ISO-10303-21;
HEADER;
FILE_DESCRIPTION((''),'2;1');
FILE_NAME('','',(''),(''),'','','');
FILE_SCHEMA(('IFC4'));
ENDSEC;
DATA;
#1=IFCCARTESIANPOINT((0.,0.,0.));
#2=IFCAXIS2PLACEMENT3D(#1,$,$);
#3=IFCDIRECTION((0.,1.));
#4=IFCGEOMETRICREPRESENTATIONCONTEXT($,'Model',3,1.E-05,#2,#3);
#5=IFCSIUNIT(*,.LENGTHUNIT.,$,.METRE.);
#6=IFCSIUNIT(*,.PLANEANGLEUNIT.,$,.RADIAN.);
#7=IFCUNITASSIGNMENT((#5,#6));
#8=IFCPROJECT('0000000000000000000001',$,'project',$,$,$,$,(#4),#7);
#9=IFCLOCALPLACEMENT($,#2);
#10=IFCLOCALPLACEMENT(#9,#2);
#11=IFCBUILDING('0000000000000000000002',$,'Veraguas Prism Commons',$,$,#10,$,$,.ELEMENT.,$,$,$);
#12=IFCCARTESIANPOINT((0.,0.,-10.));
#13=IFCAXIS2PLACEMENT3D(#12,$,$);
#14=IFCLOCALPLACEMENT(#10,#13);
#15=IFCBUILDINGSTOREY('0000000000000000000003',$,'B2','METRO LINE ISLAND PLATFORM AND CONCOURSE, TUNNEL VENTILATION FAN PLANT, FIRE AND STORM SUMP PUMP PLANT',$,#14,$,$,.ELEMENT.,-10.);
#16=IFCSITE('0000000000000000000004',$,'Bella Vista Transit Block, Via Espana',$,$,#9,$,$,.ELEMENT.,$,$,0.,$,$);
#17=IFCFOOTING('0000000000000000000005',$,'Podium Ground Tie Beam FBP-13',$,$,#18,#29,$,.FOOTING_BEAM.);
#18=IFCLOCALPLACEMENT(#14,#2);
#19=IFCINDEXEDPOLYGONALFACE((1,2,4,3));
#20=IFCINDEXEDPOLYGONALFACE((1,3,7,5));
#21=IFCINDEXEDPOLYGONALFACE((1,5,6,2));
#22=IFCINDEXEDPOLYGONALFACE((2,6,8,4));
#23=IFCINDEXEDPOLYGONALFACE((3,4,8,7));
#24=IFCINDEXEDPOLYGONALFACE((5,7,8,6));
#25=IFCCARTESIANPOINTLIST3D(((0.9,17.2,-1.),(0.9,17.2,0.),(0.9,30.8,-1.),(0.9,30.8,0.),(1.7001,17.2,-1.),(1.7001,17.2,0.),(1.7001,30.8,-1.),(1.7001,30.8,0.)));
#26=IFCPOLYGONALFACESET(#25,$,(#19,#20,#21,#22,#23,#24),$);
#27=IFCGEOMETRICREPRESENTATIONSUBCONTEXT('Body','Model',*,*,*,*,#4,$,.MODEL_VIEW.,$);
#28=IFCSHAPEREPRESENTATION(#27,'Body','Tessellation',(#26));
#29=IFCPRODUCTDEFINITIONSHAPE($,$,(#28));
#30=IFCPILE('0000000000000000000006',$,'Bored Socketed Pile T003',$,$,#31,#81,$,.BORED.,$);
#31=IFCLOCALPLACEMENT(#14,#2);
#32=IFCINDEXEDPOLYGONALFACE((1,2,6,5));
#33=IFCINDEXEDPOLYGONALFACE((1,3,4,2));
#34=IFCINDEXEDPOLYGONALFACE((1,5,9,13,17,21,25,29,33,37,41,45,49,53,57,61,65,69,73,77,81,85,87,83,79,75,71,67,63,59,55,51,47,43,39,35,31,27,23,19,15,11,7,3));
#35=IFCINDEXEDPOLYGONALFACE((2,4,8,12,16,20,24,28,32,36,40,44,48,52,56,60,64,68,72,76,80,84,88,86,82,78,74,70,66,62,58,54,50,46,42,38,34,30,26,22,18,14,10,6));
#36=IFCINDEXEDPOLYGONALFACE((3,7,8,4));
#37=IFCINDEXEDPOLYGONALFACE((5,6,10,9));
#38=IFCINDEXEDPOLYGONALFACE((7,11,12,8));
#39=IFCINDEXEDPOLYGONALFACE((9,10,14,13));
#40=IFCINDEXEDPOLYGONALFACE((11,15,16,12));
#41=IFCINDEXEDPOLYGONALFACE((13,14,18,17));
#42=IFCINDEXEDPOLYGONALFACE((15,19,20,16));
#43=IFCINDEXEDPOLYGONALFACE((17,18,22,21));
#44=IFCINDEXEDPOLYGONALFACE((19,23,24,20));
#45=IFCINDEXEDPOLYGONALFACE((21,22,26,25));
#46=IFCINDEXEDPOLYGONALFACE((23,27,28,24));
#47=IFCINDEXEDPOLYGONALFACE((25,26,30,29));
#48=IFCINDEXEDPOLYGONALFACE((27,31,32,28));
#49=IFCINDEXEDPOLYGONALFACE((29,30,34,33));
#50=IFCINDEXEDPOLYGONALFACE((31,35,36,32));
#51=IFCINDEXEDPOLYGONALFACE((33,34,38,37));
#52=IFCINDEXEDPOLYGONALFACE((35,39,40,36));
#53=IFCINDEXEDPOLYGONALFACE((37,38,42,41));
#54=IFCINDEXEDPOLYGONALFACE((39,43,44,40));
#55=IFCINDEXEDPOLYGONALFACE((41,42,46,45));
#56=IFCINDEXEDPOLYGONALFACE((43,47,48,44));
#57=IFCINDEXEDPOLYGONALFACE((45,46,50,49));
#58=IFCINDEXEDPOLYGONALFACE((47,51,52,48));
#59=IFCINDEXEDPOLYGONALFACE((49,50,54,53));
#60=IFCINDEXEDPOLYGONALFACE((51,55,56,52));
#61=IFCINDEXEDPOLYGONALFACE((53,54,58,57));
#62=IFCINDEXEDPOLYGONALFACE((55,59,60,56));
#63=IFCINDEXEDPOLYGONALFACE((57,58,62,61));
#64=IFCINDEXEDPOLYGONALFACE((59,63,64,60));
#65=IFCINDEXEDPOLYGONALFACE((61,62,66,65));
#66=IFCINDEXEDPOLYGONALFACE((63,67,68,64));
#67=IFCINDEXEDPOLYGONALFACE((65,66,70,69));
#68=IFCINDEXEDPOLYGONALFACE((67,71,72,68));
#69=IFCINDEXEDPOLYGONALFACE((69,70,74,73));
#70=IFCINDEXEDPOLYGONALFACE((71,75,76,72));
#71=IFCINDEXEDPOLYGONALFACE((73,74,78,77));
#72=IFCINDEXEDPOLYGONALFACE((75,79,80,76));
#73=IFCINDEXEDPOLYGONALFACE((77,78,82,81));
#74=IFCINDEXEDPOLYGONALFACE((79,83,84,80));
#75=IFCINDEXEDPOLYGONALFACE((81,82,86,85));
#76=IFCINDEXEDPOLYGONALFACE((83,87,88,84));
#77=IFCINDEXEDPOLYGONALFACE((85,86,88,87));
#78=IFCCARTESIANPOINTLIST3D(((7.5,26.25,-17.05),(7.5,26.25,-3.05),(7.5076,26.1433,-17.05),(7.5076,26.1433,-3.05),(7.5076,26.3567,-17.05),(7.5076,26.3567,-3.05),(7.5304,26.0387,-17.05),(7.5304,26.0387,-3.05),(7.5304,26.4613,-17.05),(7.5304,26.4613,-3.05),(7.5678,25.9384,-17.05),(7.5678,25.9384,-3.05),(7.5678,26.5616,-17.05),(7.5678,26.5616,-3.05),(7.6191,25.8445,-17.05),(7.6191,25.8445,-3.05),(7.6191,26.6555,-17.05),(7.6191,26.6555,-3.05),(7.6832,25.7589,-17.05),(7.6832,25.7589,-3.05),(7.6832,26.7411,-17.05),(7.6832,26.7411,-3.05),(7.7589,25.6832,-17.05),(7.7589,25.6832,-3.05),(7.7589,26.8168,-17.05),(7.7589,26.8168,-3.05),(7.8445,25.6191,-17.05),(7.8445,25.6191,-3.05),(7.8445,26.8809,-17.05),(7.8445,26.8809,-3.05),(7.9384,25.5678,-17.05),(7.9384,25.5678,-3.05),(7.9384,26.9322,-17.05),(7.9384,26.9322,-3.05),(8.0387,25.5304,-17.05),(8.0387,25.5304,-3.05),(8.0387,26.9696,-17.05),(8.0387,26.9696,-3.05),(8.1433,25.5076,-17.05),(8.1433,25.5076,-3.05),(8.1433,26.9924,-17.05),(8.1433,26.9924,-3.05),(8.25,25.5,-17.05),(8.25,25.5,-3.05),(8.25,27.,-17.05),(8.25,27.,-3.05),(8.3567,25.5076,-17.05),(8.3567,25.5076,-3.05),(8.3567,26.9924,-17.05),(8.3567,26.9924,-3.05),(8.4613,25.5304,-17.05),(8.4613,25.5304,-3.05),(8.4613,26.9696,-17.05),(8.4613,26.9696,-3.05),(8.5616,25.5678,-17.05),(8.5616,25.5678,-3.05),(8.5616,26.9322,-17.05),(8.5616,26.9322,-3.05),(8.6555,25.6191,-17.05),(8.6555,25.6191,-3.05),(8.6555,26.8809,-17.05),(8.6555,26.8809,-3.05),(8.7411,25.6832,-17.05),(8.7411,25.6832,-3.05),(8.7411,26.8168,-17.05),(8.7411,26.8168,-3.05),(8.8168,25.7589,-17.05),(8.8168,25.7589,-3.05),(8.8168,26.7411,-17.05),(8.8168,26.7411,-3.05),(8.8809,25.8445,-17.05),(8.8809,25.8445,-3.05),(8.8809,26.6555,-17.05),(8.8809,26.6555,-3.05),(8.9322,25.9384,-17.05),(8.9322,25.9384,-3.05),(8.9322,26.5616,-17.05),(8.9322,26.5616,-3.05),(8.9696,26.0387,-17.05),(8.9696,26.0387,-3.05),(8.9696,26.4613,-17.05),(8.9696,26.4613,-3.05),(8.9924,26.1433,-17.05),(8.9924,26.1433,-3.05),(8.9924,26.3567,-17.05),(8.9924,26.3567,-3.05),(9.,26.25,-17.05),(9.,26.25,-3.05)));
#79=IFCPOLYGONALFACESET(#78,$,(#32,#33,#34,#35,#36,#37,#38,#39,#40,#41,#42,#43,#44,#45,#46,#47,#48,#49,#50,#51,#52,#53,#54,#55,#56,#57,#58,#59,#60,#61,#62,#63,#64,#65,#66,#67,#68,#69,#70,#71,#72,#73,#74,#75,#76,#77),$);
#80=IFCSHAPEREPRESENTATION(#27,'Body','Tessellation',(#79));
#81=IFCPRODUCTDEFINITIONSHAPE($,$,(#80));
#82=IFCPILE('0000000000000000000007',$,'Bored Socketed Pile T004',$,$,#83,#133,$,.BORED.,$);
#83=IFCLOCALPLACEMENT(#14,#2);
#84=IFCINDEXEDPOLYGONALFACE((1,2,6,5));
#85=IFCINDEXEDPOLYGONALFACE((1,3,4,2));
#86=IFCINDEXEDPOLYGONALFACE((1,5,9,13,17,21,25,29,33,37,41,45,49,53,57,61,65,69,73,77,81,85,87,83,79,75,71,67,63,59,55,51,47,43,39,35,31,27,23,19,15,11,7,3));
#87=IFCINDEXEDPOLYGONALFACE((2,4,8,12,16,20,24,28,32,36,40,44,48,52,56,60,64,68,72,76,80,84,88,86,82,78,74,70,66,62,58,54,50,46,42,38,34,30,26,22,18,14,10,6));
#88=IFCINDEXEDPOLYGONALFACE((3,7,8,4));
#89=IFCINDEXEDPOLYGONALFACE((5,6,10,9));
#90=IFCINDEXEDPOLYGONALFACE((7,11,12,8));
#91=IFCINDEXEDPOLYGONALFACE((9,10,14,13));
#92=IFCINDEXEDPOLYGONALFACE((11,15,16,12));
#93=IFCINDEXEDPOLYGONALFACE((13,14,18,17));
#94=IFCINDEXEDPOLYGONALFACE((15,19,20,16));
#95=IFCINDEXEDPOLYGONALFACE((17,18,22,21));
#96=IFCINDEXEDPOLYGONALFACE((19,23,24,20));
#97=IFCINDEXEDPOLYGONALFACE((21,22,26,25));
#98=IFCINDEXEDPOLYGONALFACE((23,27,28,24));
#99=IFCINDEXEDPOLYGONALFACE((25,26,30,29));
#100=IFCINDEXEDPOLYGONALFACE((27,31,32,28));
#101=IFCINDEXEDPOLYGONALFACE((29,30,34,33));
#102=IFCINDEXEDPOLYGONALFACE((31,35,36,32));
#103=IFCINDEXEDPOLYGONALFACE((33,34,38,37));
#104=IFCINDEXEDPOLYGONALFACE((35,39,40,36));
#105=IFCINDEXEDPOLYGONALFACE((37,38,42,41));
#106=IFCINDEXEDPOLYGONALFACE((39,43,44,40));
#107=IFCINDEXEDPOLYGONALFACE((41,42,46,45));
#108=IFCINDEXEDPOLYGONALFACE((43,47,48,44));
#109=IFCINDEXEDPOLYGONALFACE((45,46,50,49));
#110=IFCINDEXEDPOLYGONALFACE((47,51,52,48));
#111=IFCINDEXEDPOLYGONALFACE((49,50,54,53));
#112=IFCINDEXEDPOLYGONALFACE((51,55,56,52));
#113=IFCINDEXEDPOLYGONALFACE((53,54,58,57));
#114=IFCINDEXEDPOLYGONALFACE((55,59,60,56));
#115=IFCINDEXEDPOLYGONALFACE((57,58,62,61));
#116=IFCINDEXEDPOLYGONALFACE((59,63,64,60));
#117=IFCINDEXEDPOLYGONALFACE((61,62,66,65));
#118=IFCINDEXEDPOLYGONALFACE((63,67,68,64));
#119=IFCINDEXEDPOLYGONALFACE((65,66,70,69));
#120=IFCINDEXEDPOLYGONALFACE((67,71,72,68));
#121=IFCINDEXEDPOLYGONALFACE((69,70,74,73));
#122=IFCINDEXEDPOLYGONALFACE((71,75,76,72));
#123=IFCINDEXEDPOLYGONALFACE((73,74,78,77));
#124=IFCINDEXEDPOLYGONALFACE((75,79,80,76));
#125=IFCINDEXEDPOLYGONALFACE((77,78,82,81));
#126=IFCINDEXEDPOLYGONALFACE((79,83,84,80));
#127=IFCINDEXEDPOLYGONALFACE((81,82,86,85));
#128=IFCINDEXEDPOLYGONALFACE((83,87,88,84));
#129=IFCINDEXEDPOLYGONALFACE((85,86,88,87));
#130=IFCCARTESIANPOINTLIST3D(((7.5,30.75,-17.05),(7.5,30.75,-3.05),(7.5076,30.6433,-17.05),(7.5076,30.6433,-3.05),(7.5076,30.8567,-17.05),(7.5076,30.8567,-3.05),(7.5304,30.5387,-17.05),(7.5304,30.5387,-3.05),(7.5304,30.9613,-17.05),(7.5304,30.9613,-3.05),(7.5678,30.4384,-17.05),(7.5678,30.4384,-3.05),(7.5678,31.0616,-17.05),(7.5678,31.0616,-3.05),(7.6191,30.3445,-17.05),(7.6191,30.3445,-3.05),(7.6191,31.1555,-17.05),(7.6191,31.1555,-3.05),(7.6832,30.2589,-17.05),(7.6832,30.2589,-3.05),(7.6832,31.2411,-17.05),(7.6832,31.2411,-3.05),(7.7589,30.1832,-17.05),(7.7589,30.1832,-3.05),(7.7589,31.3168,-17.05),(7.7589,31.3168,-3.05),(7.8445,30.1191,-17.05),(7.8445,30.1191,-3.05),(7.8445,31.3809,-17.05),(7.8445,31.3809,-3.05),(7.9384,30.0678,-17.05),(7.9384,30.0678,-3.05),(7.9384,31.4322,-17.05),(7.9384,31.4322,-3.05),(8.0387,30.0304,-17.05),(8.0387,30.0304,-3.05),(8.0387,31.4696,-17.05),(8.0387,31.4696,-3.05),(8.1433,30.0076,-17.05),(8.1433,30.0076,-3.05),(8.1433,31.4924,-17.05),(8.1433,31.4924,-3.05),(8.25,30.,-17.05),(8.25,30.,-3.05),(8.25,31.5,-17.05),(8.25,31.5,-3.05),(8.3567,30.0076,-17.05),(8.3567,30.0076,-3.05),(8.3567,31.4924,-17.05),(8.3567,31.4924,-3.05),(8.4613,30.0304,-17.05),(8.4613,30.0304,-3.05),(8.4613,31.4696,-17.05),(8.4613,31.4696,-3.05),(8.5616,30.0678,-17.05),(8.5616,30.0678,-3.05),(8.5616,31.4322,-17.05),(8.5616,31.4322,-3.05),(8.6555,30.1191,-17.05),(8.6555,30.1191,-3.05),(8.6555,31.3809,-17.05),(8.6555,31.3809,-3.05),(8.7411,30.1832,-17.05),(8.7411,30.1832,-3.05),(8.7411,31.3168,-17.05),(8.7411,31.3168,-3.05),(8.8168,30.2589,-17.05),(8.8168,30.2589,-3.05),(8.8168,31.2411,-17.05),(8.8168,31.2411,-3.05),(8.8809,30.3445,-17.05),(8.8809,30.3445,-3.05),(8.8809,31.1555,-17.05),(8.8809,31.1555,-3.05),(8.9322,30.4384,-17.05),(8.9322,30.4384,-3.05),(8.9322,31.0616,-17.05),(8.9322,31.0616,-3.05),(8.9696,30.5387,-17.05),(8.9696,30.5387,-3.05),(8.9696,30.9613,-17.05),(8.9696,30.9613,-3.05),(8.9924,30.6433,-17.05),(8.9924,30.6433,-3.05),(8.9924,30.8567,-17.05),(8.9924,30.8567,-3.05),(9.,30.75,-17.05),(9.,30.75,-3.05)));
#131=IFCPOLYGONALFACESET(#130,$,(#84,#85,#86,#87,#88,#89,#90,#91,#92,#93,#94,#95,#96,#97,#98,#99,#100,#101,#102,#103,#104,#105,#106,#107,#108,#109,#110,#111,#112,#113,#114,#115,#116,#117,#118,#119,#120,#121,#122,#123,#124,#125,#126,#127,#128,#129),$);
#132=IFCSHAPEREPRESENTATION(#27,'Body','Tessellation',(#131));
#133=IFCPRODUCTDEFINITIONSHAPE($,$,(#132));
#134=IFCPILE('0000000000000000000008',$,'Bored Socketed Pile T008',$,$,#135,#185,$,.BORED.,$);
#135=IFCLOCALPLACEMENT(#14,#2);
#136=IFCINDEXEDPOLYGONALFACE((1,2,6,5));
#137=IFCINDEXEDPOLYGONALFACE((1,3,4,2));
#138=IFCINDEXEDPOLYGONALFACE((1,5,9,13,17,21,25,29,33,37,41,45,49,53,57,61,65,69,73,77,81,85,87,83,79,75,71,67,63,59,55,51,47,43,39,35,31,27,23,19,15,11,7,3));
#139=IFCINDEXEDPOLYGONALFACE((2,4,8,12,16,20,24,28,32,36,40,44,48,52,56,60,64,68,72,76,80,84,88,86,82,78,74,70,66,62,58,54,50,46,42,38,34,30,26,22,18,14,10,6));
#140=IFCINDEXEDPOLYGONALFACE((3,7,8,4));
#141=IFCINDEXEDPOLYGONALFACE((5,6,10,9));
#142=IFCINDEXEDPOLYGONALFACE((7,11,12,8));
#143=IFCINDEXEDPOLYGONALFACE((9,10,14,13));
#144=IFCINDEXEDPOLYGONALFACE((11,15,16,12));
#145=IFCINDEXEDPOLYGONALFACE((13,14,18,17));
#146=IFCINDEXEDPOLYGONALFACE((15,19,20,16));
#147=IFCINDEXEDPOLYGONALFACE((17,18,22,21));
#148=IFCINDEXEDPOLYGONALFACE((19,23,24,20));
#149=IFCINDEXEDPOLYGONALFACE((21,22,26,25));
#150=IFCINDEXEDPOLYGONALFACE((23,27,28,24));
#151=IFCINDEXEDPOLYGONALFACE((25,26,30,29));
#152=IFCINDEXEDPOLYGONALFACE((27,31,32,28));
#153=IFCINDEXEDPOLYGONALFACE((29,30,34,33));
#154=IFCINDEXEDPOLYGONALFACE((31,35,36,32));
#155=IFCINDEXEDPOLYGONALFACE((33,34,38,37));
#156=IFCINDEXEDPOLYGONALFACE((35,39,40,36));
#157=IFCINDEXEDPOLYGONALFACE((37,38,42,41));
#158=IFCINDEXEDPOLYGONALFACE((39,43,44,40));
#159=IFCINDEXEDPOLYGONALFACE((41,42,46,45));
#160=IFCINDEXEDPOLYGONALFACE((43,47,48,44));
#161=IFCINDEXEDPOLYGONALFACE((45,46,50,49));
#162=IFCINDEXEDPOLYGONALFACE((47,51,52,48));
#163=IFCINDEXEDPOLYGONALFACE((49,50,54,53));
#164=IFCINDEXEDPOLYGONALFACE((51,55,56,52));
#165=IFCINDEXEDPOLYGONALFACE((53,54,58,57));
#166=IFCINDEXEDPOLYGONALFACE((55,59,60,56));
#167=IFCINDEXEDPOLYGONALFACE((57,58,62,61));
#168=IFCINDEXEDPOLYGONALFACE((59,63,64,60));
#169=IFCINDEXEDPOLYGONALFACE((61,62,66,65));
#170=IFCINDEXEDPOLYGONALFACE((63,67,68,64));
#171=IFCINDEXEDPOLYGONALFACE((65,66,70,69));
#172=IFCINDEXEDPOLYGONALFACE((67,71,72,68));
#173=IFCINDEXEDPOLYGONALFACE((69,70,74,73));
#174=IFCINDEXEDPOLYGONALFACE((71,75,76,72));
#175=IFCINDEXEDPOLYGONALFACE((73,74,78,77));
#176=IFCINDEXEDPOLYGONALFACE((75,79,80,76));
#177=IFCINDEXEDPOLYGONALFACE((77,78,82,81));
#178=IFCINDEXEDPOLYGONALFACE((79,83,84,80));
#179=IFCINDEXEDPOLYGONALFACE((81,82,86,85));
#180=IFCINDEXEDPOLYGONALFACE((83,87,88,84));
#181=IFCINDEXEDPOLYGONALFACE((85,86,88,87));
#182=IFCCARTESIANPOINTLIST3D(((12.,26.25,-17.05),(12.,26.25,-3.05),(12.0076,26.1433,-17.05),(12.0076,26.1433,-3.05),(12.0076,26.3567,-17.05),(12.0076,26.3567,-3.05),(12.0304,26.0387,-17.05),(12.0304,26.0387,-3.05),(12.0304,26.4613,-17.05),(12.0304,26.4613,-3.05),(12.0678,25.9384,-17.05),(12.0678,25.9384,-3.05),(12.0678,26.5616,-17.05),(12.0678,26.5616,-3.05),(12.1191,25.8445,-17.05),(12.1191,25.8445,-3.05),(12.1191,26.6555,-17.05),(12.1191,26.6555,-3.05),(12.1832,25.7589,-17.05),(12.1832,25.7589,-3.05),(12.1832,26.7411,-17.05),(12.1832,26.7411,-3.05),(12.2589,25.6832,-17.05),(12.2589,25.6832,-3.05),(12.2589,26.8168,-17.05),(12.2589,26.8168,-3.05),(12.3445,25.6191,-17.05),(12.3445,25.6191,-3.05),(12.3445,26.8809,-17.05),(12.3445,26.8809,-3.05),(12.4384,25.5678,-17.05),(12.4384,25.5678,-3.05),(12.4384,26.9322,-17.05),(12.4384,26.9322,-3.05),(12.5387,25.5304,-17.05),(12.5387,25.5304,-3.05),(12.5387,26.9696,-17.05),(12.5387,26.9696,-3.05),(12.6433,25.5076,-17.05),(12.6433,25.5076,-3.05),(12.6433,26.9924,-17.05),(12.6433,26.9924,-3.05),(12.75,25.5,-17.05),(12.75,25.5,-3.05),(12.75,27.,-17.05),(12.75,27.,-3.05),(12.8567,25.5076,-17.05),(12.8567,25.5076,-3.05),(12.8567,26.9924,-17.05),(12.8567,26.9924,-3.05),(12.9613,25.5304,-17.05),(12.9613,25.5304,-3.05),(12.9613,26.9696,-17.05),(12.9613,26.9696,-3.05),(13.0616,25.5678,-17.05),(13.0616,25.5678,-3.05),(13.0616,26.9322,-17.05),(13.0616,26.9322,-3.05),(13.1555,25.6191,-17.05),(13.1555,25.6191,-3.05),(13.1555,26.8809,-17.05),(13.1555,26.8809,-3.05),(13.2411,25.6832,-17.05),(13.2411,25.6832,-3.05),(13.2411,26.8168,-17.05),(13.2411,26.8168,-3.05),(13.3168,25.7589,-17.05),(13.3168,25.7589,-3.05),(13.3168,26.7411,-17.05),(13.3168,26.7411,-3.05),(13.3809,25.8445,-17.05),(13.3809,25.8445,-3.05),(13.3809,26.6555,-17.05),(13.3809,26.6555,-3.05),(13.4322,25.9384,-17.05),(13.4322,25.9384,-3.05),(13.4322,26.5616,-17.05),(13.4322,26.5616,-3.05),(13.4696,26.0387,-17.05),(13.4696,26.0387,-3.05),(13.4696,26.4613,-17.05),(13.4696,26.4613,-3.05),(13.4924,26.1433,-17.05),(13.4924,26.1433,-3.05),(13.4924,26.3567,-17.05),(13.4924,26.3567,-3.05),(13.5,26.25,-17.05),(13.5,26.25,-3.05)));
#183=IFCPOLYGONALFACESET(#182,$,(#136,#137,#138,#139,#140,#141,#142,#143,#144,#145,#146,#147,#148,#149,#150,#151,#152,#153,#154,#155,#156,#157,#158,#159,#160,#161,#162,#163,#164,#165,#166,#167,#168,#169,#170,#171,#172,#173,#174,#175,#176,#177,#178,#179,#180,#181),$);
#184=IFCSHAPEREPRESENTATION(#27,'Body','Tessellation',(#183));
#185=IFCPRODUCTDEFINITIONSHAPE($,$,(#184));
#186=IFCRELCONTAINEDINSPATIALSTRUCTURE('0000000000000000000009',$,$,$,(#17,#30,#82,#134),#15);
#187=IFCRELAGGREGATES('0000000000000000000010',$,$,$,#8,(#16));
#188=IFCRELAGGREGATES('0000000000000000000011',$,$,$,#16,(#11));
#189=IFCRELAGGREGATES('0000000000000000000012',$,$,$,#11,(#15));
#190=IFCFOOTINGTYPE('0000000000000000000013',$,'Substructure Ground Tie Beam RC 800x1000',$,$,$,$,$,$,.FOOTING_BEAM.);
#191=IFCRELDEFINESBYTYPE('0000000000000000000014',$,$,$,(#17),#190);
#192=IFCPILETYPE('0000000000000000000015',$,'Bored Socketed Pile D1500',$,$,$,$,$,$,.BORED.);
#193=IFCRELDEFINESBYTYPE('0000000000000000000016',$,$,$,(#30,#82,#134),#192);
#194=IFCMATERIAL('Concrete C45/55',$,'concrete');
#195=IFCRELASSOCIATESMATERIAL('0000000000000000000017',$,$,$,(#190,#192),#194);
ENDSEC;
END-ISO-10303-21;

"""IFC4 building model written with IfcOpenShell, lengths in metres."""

from ifc_helpers import new_model, si_unit, direction, frame, origin, origin_2d, place, context, subcontext, project, spatial, rectangle, circle, extrude, source, transform, mapped, material, material_profile, profile_set, type_object, element, save


model = new_model("IFC4")

# Units and contexts
model_context = context("Model", 3, precision=1e-05, world=origin(), true_north=direction((0.0, 1.0)))
body_context = subcontext(model_context, "Body", "Model", "MODEL_VIEW")
ifc_project = project(units=[si_unit("LENGTHUNIT", "METRE"), si_unit("PLANEANGLEUNIT", "RADIAN")], contexts=[model_context])

# Site, building, storey
site_placement = place(None, origin())
site = spatial("IfcSite", under=ifc_project, at=site_placement, Name="Bella Vista Transit Block, Via Espana", CompositionType="ELEMENT", RefElevation=0.0)
building_placement = place(site_placement, origin())
building = spatial("IfcBuilding", under=site, at=building_placement, Name="Veraguas Prism Commons", CompositionType="ELEMENT")
storey_placement = place(building_placement, frame((0.0, 0.0, -10.0)))
storey = spatial("IfcBuildingStorey", under=building, at=storey_placement, Name="B2", Description="METRO LINE ISLAND PLATFORM AND CONCOURSE, TUNNEL VENTILATION FAN PLANT, FIRE AND STORM SUMP PUMP PLANT", CompositionType="ELEMENT", Elevation=-10.0)

# Footing
ifc_material_1 = material(Name="Concrete C45/55", Category="concrete")
ifc_material_profile_1 = material_profile(ifc_material_1, rectangle(XDim=0.8, YDim=1.0, at=origin_2d()), Name="RC800X1000")
ifc_profile_set_1 = profile_set([ifc_material_profile_1], Name="Concrete C45/55")
footing_type_1 = type_object("IfcFootingType", Name="Substructure Ground Tie Beam RC 800x1000", PredefinedType="FOOTING_BEAM", material=ifc_profile_set_1)
footing_1_placement = place(storey_placement, frame((1.3, 30.8, -0.5), z_axis=(0.0, -1.0, 0.0), x_axis=(1.0, 0.0, 0.0)))
element("IfcFooting", 1, at=footing_1_placement, inside=storey, type_object=footing_type_1, Name="Podium Ground Tie Beam FBP-13", PredefinedType="FOOTING_BEAM", context=body_context, shape_type="SweptSolid", body=[
    extrude(rectangle(XDim=0.8, YDim=1.0, at=origin_2d()), origin(), (0.0, 0.0, 1.0), 13.6001),
])

# Piles
ifc_material_profile_2 = material_profile(ifc_material_1, circle(Radius=0.75, at=origin_2d()), Name="PILE1500")
ifc_profile_set_2 = profile_set([ifc_material_profile_2], Name="Concrete C45/55")
pile_type_1 = type_object("IfcPileType", Name="Bored Socketed Pile D1500", PredefinedType="BORED", material=ifc_profile_set_2)
shared_shape_1 = source(origin(), body_context, "Body", "SweptSolid", [
    extrude(circle(Radius=0.75, at=origin_2d()), origin(), (0.0, 0.0, 1.0), 14.0),
])
for number, where, z_axis, x_axis, name in (
    (2, (8.25, 26.25, -3.05), (0.0, 0.0, -1.0), (1.0, 0.0, 0.0), "Bored Socketed Pile T003"),
    (3, (8.25, 30.75, -3.05), (0.0, 0.0, -1.0), (1.0, 0.0, 0.0), "Bored Socketed Pile T004"),
    (4, (12.75, 26.25, -3.05), (0.0, 0.0, -1.0), (1.0, 0.0, 0.0), "Bored Socketed Pile T008"),
):
    element("IfcPile", number, at=place(storey_placement, frame(where, z_axis=z_axis, x_axis=x_axis)), inside=storey, type_object=pile_type_1, Name=name, PredefinedType="BORED", context=body_context, shape_type="MappedRepresentation", body=[
        mapped(shared_shape_1, transform((0.0, 0.0, 0.0), scale=1.0)),
    ])

save(model, "model.ifc")
